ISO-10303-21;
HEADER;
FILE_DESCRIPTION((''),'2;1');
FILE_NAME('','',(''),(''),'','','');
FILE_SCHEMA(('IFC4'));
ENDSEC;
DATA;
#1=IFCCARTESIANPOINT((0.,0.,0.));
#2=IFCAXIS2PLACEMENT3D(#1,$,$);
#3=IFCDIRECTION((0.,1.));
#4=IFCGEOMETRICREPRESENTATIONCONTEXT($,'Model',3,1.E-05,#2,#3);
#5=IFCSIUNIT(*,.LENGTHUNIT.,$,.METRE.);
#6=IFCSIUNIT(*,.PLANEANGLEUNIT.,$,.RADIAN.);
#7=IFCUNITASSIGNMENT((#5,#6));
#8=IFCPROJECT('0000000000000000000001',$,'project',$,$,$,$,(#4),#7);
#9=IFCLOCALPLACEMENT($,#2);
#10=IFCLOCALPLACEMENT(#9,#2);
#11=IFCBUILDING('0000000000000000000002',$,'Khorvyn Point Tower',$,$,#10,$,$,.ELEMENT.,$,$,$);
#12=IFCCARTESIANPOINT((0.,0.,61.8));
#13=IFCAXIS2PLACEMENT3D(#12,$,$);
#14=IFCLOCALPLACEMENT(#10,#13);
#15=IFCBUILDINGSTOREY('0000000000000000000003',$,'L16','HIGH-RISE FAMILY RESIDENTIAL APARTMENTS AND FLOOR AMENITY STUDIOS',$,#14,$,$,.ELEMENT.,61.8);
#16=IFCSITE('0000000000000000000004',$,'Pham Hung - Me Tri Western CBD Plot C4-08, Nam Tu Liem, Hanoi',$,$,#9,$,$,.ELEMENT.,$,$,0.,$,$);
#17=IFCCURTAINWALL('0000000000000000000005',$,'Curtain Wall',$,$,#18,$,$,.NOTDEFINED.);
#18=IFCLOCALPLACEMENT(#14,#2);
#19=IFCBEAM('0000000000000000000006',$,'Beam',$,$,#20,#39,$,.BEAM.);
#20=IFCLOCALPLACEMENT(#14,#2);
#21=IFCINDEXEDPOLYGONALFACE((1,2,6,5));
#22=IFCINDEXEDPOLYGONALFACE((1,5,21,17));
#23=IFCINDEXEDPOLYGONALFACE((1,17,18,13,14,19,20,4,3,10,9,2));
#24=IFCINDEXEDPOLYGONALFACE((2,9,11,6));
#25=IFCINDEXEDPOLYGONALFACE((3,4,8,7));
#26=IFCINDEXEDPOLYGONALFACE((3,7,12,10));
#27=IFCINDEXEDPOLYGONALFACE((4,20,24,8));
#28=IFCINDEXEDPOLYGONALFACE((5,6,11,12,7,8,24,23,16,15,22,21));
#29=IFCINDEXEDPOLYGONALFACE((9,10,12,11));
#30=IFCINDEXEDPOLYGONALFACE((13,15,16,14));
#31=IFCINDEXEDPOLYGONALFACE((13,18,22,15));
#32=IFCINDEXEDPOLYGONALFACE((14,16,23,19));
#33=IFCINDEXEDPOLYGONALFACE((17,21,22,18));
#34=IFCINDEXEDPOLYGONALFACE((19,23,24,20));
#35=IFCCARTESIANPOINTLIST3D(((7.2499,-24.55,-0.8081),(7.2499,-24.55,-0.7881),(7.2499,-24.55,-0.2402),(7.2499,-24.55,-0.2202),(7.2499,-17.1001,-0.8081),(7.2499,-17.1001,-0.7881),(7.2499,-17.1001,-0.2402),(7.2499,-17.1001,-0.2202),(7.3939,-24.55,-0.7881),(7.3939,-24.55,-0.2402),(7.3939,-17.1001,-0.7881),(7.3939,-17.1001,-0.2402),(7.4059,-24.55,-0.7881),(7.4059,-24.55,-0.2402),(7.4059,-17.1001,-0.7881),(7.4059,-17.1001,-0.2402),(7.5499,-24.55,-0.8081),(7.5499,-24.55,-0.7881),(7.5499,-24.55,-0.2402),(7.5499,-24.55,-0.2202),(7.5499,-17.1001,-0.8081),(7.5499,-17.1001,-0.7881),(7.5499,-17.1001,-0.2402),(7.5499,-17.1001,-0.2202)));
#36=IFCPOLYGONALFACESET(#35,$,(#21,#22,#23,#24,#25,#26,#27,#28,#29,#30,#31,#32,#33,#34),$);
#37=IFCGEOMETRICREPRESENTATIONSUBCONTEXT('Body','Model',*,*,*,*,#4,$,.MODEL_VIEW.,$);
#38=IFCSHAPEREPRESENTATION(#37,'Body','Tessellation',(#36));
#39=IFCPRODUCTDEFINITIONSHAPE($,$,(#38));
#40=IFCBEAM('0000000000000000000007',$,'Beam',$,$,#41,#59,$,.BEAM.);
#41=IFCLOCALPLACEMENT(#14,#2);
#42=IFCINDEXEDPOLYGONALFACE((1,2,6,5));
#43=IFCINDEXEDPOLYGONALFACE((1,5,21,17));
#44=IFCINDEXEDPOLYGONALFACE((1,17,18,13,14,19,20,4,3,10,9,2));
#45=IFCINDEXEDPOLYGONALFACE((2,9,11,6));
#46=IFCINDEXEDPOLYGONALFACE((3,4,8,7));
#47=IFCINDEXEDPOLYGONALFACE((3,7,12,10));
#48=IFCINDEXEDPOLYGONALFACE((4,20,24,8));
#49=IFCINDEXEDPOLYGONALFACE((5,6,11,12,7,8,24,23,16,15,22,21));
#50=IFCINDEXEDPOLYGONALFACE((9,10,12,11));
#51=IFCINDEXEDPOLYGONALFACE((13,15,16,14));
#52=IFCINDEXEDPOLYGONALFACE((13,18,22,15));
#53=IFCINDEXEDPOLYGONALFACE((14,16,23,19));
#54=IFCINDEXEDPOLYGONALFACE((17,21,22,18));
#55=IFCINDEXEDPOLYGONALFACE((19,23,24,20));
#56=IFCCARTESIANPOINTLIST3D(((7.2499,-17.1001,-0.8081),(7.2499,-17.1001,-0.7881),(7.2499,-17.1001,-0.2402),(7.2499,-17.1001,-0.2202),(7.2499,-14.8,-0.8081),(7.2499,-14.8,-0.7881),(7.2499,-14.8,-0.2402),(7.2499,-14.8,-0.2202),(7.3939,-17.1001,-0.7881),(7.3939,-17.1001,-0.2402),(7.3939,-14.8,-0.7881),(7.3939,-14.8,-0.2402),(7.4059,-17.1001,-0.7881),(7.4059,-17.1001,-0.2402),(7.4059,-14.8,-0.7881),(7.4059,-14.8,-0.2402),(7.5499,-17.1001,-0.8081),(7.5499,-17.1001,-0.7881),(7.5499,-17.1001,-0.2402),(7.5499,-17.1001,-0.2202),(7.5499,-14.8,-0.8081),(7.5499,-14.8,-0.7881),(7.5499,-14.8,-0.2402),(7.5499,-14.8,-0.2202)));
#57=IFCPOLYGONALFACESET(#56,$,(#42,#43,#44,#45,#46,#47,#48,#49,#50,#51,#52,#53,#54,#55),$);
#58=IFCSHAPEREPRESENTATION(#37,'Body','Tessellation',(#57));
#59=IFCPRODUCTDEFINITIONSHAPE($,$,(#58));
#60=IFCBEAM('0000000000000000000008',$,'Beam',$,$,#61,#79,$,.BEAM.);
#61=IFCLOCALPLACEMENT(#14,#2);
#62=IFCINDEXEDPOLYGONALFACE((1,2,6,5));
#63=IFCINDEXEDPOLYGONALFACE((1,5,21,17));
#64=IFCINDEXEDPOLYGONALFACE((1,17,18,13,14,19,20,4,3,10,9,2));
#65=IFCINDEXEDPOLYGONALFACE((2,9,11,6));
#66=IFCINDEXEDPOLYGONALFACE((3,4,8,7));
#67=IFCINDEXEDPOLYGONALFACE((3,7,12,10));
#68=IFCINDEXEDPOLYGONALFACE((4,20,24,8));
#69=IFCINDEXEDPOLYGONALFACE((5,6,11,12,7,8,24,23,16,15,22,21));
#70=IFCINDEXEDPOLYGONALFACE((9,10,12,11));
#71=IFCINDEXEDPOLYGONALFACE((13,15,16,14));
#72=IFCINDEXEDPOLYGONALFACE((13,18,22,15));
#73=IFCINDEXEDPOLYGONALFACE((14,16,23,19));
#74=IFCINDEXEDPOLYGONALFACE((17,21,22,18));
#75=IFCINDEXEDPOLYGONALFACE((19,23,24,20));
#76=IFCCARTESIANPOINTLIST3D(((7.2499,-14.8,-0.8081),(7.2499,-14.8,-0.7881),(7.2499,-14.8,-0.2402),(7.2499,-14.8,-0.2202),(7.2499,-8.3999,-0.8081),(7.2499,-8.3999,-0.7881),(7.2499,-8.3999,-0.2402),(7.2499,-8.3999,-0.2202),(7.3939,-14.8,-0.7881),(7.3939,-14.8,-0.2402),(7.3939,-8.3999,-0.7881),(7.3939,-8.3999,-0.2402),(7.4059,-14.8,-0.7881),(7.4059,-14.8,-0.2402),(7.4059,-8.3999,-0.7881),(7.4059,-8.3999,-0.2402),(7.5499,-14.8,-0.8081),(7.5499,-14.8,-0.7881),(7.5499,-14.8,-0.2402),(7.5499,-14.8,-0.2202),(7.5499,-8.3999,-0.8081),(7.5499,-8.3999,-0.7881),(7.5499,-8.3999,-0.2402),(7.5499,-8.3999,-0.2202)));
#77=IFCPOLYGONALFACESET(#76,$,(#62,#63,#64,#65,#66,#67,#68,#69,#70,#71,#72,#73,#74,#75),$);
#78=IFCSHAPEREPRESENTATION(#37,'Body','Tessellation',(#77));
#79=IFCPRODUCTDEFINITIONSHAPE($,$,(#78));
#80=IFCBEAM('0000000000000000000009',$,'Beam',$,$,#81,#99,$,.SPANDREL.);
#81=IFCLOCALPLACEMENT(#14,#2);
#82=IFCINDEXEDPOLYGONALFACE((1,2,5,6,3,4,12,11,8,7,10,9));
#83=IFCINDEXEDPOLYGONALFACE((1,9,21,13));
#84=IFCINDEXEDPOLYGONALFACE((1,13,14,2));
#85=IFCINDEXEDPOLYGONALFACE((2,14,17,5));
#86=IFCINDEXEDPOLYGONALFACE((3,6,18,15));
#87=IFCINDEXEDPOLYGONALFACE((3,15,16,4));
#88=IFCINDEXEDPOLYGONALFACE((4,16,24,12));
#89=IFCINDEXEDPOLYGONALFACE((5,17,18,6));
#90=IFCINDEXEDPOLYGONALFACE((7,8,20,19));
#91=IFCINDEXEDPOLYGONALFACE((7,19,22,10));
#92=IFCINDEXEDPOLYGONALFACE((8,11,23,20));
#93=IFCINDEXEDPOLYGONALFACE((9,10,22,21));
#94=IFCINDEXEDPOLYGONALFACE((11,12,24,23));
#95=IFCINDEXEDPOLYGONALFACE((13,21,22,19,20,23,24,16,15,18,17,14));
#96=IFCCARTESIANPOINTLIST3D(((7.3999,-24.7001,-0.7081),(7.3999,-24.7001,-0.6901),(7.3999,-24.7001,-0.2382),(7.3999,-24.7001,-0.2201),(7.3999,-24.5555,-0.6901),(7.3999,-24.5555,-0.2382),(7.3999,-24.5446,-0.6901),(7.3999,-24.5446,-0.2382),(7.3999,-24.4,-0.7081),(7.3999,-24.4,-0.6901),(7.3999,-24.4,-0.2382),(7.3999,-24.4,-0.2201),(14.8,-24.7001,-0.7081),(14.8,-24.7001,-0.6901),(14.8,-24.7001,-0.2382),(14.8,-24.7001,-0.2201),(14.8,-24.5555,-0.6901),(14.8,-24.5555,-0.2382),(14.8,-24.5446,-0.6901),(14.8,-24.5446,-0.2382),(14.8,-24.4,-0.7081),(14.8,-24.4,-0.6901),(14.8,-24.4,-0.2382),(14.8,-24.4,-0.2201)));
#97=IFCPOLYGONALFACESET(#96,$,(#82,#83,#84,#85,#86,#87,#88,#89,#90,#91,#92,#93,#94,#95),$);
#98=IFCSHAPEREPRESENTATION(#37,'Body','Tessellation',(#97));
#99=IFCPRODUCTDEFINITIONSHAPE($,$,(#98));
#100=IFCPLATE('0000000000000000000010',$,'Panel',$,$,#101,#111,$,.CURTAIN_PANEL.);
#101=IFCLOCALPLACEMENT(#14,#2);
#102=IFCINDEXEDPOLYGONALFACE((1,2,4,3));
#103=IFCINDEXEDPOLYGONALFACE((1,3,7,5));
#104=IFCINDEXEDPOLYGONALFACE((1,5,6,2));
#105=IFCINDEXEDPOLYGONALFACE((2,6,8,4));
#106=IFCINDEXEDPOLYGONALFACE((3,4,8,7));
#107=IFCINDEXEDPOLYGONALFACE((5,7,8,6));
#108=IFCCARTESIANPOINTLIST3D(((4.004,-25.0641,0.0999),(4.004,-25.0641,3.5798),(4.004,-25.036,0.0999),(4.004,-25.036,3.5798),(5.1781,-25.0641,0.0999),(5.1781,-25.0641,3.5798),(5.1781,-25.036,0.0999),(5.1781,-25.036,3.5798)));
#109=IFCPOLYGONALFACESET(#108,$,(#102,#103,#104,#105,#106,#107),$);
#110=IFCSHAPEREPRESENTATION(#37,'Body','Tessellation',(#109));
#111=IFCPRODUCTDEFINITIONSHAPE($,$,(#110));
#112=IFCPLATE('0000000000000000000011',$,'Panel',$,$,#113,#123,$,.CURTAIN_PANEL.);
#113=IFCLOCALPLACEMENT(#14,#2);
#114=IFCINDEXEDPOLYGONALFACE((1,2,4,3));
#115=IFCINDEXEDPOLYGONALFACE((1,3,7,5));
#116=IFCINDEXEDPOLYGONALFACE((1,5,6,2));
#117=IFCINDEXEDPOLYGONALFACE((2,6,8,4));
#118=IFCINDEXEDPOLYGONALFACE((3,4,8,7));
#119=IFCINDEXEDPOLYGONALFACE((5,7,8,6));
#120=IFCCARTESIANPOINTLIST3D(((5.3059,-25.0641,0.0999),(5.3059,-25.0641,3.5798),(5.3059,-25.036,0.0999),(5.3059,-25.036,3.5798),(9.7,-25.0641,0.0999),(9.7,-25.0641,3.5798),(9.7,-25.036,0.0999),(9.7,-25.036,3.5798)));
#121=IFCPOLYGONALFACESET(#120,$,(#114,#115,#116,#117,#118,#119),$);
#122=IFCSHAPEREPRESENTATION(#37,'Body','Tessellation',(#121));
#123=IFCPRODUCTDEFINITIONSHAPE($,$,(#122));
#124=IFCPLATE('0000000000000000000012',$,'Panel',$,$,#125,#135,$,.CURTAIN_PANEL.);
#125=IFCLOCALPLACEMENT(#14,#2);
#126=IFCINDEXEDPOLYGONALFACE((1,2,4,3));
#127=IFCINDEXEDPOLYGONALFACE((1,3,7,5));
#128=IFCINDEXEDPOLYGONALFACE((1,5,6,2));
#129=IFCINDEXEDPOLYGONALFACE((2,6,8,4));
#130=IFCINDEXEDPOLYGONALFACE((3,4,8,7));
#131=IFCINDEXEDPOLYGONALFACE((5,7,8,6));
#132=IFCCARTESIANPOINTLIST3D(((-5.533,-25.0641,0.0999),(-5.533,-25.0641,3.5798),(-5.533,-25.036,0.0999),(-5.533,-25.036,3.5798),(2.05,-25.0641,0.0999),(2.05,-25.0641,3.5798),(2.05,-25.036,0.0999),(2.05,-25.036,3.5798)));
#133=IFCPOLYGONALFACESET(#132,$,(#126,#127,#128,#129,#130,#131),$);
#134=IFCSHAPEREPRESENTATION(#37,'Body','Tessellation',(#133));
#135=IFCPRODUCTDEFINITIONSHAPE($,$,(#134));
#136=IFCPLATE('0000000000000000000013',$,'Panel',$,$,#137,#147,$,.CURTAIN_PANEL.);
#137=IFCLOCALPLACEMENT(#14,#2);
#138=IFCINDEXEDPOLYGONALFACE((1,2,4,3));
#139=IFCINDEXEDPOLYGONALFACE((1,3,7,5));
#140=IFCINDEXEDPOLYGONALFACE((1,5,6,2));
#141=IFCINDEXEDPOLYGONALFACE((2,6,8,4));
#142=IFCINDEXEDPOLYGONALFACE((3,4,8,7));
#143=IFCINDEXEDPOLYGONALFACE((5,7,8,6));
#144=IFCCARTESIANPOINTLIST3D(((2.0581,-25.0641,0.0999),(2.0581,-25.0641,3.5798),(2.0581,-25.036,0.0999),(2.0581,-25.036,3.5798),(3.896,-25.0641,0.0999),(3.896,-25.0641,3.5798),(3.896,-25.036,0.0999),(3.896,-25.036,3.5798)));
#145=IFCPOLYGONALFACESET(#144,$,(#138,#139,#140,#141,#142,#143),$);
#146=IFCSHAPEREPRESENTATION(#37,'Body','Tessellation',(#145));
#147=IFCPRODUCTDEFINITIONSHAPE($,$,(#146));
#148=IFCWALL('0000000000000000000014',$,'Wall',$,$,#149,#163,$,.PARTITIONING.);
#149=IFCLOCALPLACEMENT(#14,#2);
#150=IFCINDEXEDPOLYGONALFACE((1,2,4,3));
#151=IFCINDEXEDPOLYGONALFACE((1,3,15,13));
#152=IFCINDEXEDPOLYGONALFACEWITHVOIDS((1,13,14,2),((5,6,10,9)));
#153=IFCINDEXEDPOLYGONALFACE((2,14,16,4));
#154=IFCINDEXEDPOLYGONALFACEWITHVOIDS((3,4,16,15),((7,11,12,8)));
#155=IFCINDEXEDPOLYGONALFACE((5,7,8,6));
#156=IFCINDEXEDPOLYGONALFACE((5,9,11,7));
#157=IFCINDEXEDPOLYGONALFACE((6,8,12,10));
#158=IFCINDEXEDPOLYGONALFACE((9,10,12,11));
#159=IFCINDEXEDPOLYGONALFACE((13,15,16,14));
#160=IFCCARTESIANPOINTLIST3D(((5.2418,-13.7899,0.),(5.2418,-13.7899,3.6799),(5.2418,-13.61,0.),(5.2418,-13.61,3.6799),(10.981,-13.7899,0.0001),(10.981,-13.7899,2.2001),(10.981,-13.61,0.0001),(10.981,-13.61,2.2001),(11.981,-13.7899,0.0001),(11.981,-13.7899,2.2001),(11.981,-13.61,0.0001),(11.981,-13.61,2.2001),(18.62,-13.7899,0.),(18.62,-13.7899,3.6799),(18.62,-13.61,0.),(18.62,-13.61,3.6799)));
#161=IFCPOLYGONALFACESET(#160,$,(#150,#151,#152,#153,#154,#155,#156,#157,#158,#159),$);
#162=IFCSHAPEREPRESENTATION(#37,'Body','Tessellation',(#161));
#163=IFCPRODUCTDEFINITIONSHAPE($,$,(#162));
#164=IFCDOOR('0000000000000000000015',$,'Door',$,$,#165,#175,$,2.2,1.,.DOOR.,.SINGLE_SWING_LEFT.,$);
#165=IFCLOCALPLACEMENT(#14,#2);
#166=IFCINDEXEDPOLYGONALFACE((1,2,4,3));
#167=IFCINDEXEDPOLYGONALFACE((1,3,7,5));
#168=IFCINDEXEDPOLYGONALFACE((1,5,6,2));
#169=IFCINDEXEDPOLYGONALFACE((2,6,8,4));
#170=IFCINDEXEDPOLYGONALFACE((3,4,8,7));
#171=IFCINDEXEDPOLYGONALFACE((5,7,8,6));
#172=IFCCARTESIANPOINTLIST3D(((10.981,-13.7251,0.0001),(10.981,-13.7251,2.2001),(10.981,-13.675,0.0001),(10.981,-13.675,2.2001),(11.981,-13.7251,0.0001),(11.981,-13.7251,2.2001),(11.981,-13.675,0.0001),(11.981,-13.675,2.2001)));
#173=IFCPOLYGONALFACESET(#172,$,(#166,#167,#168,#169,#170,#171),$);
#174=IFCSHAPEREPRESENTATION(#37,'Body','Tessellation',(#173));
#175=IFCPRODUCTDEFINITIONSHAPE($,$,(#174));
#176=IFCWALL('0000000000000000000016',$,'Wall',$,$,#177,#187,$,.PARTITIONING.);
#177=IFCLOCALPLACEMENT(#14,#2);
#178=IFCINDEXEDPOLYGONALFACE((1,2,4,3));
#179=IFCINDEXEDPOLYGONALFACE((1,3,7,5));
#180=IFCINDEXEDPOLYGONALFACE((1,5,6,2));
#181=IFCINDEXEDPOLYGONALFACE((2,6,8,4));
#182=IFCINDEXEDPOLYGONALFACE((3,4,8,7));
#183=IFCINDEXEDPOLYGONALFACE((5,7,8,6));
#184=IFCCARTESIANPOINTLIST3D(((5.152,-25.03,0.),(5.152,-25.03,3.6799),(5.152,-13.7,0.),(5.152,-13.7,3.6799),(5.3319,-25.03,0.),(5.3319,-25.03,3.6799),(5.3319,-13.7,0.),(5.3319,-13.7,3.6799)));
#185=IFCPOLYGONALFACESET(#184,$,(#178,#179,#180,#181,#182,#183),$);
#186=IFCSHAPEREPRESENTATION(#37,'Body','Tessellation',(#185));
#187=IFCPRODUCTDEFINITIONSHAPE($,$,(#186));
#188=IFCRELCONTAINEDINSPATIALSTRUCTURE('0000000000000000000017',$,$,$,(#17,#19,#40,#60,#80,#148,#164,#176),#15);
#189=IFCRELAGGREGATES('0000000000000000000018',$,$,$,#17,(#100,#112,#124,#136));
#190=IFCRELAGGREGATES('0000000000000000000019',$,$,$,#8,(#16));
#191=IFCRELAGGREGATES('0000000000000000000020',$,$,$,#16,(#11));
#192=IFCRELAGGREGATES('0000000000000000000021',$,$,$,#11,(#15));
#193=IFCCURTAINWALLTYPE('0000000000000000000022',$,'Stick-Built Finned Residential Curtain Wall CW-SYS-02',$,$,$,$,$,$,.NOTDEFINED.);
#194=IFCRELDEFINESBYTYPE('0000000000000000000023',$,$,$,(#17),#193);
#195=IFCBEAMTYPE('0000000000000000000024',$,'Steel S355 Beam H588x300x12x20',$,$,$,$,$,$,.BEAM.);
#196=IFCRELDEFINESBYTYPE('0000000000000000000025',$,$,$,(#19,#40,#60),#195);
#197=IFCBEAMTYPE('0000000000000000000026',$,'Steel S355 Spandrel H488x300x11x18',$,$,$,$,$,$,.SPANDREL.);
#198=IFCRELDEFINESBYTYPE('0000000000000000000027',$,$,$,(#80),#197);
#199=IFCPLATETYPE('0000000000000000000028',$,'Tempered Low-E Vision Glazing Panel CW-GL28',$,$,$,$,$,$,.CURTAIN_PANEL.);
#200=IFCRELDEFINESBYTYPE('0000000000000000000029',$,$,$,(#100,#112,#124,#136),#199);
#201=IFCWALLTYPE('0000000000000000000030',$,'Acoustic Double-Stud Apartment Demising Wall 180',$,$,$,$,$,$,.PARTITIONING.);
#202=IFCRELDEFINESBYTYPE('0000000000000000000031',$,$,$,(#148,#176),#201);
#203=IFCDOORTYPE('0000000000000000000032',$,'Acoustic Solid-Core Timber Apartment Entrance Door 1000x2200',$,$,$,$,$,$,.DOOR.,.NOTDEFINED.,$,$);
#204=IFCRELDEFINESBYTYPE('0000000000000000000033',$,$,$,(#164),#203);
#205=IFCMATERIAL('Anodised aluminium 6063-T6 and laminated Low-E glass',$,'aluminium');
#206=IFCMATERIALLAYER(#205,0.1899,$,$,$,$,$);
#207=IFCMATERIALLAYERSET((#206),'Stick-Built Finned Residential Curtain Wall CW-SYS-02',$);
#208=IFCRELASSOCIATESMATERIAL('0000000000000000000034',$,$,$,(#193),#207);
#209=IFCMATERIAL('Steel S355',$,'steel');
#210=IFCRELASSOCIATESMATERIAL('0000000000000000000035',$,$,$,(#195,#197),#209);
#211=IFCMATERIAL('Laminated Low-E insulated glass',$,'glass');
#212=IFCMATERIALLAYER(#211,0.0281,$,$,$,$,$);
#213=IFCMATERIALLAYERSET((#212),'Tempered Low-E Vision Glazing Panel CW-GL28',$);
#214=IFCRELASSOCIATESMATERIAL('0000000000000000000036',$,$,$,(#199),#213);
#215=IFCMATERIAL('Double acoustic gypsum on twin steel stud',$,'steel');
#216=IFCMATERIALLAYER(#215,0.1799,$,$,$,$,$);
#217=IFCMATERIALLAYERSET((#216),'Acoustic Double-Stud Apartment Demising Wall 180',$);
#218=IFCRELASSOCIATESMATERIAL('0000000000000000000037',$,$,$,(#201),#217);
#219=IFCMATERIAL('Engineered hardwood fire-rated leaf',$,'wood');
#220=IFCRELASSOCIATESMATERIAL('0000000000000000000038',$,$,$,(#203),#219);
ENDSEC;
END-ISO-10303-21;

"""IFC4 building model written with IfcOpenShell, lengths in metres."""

from ifc_helpers import new_model, si_unit, direction, frame, frame_2d, origin, origin_2d, place, context, subcontext, project, spatial, rectangle, i_section, extrude, material, layer, layer_set, material_profile, profile_set, type_object, element, fill, aggregate, save


model = new_model("IFC4")

# Units and contexts
model_context = context("Model", 3, precision=1e-05, world=origin(), true_north=direction((0.0, 1.0)))
body_context = subcontext(model_context, "Body", "Model", "MODEL_VIEW")
ifc_project = project(units=[si_unit("LENGTHUNIT", "METRE"), si_unit("PLANEANGLEUNIT", "RADIAN")], contexts=[model_context])

# Site, building, storey
site_placement = place(None, origin())
site = spatial("IfcSite", under=ifc_project, at=site_placement, Name="Pham Hung - Me Tri Western CBD Plot C4-08, Nam Tu Liem, Hanoi", CompositionType="ELEMENT", RefElevation=0.0)
building_placement = place(site_placement, origin())
building = spatial("IfcBuilding", under=site, at=building_placement, Name="Khorvyn Point Tower", CompositionType="ELEMENT")
storey_placement = place(building_placement, frame((0.0, 0.0, 61.8)))
storey = spatial("IfcBuildingStorey", under=building, at=storey_placement, Name="L16", Description="HIGH-RISE FAMILY RESIDENTIAL APARTMENTS AND FLOOR AMENITY STUDIOS", CompositionType="ELEMENT", Elevation=61.8)

# Curtain wall
ifc_material_1 = material(Name="Anodised aluminium 6063-T6 and laminated Low-E glass", Category="aluminium")
ifc_layer_1 = layer(ifc_material_1, 0.1899)
ifc_layer_set_1 = layer_set([ifc_layer_1], Name="Stick-Built Finned Residential Curtain Wall CW-SYS-02")
curtain_wall_type = type_object("IfcCurtainWallType", Name="Stick-Built Finned Residential Curtain Wall CW-SYS-02", PredefinedType="NOTDEFINED", material=ifc_layer_set_1)
curtain_wall_placement = place(storey_placement, origin())
curtain_wall = element("IfcCurtainWall", 1, at=curtain_wall_placement, inside=storey, type_object=curtain_wall_type, Name="Curtain Wall", PredefinedType="NOTDEFINED")

# Beams
ifc_material_2 = material(Name="Steel S355", Category="steel")
ifc_material_profile_1 = material_profile(ifc_material_2, i_section(OverallWidth=0.3, OverallDepth=0.5879, WebThickness=0.012, FlangeThickness=0.02, at=origin_2d()))
ifc_profile_set_1 = profile_set([ifc_material_profile_1], Name="Steel S355 H588x300x12x20")
beam_type_1 = type_object("IfcBeamType", Name="Steel S355 Beam H588x300x12x20", PredefinedType="BEAM", material=ifc_profile_set_1)
beam_1_placement = place(storey_placement, frame((7.3999, -24.55, -0.5142), z_axis=(0.0, 1.0, 0.0), x_axis=(-1.0, 0.0, 0.0)))
element("IfcBeam", 2, at=beam_1_placement, inside=storey, type_object=beam_type_1, Name="Beam", PredefinedType="BEAM", context=body_context, shape_type="SweptSolid", body=[
    extrude(i_section(OverallWidth=0.3, OverallDepth=0.5879, WebThickness=0.012, FlangeThickness=0.02, at=origin_2d()), origin(), (0.0, 0.0, 1.0), 7.45),
])
beam_2_placement = place(storey_placement, frame((7.3999, -17.1001, -0.5142), z_axis=(0.0, 1.0, 0.0), x_axis=(-1.0, 0.0, 0.0)))
element("IfcBeam", 3, at=beam_2_placement, inside=storey, type_object=beam_type_1, Name="Beam", PredefinedType="BEAM", context=body_context, shape_type="SweptSolid", body=[
    extrude(i_section(OverallWidth=0.3, OverallDepth=0.5879, WebThickness=0.012, FlangeThickness=0.02, at=origin_2d()), origin(), (0.0, 0.0, 1.0), 2.3),
])
beam_3_placement = place(storey_placement, frame((7.3999, -14.8, -0.5142), z_axis=(0.0, 1.0, 0.0), x_axis=(-1.0, 0.0, 0.0)))
element("IfcBeam", 4, at=beam_3_placement, inside=storey, type_object=beam_type_1, Name="Beam", PredefinedType="BEAM", context=body_context, shape_type="SweptSolid", body=[
    extrude(i_section(OverallWidth=0.3, OverallDepth=0.5879, WebThickness=0.012, FlangeThickness=0.02, at=origin_2d()), origin(), (0.0, 0.0, 1.0), 6.4001),
])
ifc_material_profile_2 = material_profile(ifc_material_2, i_section(OverallWidth=0.3, OverallDepth=0.488, WebThickness=0.011, FlangeThickness=0.0181, at=origin_2d()))
ifc_profile_set_2 = profile_set([ifc_material_profile_2], Name="Steel S355 H488x300x11x18")
beam_type_2 = type_object("IfcBeamType", Name="Steel S355 Spandrel H488x300x11x18", PredefinedType="SPANDREL", material=ifc_profile_set_2)
beam_4_placement = place(storey_placement, frame((7.3999, -24.55, -0.4641), z_axis=(1.0, 0.0, 0.0), x_axis=(0.0, 1.0, 0.0)))
element("IfcBeam", 5, at=beam_4_placement, inside=storey, type_object=beam_type_2, Name="Beam", PredefinedType="SPANDREL", context=body_context, shape_type="SweptSolid", body=[
    extrude(i_section(OverallWidth=0.3, OverallDepth=0.488, WebThickness=0.011, FlangeThickness=0.0181, at=origin_2d()), origin(), (0.0, 0.0, 1.0), 7.4001),
])

# Plates
ifc_material_3 = material(Name="Laminated Low-E insulated glass", Category="glass")
ifc_layer_2 = layer(ifc_material_3, 0.0281)
ifc_layer_set_2 = layer_set([ifc_layer_2], Name="Tempered Low-E Vision Glazing Panel CW-GL28")
plate_type = type_object("IfcPlateType", Name="Tempered Low-E Vision Glazing Panel CW-GL28", PredefinedType="CURTAIN_PANEL", material=ifc_layer_set_2)
plate_1_placement = place(storey_placement, frame((4.5911, -25.05, 0.0999), z_axis=(0.0, 0.0, 1.0), x_axis=(-1.0, 0.0, 0.0)))
plate_1 = element("IfcPlate", 6, at=plate_1_placement, type_object=plate_type, Name="Panel", PredefinedType="CURTAIN_PANEL", context=body_context, shape_type="SweptSolid", body=[
    extrude(rectangle(XDim=1.1741, YDim=0.0281, at=origin_2d()), origin(), (0.0, 0.0, 1.0), 3.48),
])
plate_2_placement = place(storey_placement, frame((7.5029, -25.05, 0.0999), z_axis=(0.0, 0.0, 1.0), x_axis=(-1.0, 0.0, 0.0)))
plate_2 = element("IfcPlate", 7, at=plate_2_placement, type_object=plate_type, Name="Panel", PredefinedType="CURTAIN_PANEL", context=body_context, shape_type="SweptSolid", body=[
    extrude(rectangle(XDim=4.394, YDim=0.0281, at=origin_2d()), origin(), (0.0, 0.0, 1.0), 3.48),
])
plate_3_placement = place(storey_placement, frame((-1.7415, -25.05, 0.0999), z_axis=(0.0, 0.0, 1.0), x_axis=(-1.0, 0.0, 0.0)))
plate_3 = element("IfcPlate", 8, at=plate_3_placement, type_object=plate_type, Name="Panel", PredefinedType="CURTAIN_PANEL", context=body_context, shape_type="SweptSolid", body=[
    extrude(rectangle(XDim=7.583, YDim=0.0281, at=origin_2d()), origin(), (0.0, 0.0, 1.0), 3.48),
])
plate_4_placement = place(storey_placement, frame((2.9771, -25.05, 0.0999), z_axis=(0.0, 0.0, 1.0), x_axis=(-1.0, 0.0, 0.0)))
plate_4 = element("IfcPlate", 9, at=plate_4_placement, type_object=plate_type, Name="Panel", PredefinedType="CURTAIN_PANEL", context=body_context, shape_type="SweptSolid", body=[
    extrude(rectangle(XDim=1.8379, YDim=0.0281, at=origin_2d()), origin(), (0.0, 0.0, 1.0), 3.48),
])
aggregate(curtain_wall, [plate_1, plate_2, plate_3, plate_4])

# Wall, opening, door
ifc_material_4 = material(Name="Double acoustic gypsum on twin steel stud", Category="steel")
ifc_layer_3 = layer(ifc_material_4, 0.1799)
ifc_layer_set_3 = layer_set([ifc_layer_3], Name="Acoustic Double-Stud Apartment Demising Wall 180")
wall_type_1 = type_object("IfcWallType", Name="Acoustic Double-Stud Apartment Demising Wall 180", PredefinedType="PARTITIONING", material=ifc_layer_set_3)
wall_1_placement = place(storey_placement, frame((5.2419, -13.7, 0.0), z_axis=(0.0, 0.0, 1.0), x_axis=(1.0, 0.0, 0.0)))
wall_1 = element("IfcWall", 10, at=wall_1_placement, inside=storey, type_object=wall_type_1, Name="Wall", PredefinedType="PARTITIONING", context=body_context, shape_type="SweptSolid", body=[
    extrude(rectangle(XDim=13.3782, YDim=0.1799, at=frame_2d((6.689, 0.0))), origin(), (0.0, 0.0, 1.0), 3.6799),
])
opening_1_placement = place(wall_1_placement, frame((5.739, 0.0, 0.0)))
opening_1 = element("IfcOpeningElement", 11, at=opening_1_placement, cuts=wall_1, PredefinedType="OPENING", context=body_context, shape_type="SweptSolid", body=[
    extrude(rectangle(XDim=1.0, YDim=2.2, at=frame_2d((0.5, 1.1001))), frame((0.0, 0.0999, 0.0), z_axis=(0.0, -1.0, 0.0), x_axis=(1.0, 0.0, 0.0)), (0.0, 0.0, 1.0), 0.2),
])
ifc_material_5 = material(Name="Engineered hardwood fire-rated leaf", Category="wood")
door_type_1 = type_object("IfcDoorType", Name="Acoustic Solid-Core Timber Apartment Entrance Door 1000x2200", OperationType="NOTDEFINED", PredefinedType="DOOR", material=ifc_material_5)
door_1_placement = place(opening_1_placement, origin())
door_1 = element("IfcDoor", 12, at=door_1_placement, inside=storey, type_object=door_type_1, Name="Door", OperationType="SINGLE_SWING_LEFT", OverallHeight=2.2, OverallWidth=1.0, PredefinedType="DOOR", context=body_context, shape_type="SweptSolid", body=[
    extrude(rectangle(XDim=1.0, YDim=2.2, at=frame_2d((0.5, 1.1001))), frame((0.0, 0.0249, 0.0), z_axis=(0.0, -1.0, 0.0), x_axis=(1.0, 0.0, 0.0)), (0.0, 0.0, 1.0), 0.05),
])
fill(opening_1, door_1)

# Wall
wall_2_placement = place(storey_placement, frame((5.2419, -25.03, 0.0), z_axis=(0.0, 0.0, 1.0), x_axis=(0.0, 1.0, 0.0)))
element("IfcWall", 13, at=wall_2_placement, inside=storey, type_object=wall_type_1, Name="Wall", PredefinedType="PARTITIONING", context=body_context, shape_type="SweptSolid", body=[
    extrude(rectangle(XDim=11.3301, YDim=0.1799, at=frame_2d((5.665, 0.0))), origin(), (0.0, 0.0, 1.0), 3.6799),
])

save(model, "model.ifc")
